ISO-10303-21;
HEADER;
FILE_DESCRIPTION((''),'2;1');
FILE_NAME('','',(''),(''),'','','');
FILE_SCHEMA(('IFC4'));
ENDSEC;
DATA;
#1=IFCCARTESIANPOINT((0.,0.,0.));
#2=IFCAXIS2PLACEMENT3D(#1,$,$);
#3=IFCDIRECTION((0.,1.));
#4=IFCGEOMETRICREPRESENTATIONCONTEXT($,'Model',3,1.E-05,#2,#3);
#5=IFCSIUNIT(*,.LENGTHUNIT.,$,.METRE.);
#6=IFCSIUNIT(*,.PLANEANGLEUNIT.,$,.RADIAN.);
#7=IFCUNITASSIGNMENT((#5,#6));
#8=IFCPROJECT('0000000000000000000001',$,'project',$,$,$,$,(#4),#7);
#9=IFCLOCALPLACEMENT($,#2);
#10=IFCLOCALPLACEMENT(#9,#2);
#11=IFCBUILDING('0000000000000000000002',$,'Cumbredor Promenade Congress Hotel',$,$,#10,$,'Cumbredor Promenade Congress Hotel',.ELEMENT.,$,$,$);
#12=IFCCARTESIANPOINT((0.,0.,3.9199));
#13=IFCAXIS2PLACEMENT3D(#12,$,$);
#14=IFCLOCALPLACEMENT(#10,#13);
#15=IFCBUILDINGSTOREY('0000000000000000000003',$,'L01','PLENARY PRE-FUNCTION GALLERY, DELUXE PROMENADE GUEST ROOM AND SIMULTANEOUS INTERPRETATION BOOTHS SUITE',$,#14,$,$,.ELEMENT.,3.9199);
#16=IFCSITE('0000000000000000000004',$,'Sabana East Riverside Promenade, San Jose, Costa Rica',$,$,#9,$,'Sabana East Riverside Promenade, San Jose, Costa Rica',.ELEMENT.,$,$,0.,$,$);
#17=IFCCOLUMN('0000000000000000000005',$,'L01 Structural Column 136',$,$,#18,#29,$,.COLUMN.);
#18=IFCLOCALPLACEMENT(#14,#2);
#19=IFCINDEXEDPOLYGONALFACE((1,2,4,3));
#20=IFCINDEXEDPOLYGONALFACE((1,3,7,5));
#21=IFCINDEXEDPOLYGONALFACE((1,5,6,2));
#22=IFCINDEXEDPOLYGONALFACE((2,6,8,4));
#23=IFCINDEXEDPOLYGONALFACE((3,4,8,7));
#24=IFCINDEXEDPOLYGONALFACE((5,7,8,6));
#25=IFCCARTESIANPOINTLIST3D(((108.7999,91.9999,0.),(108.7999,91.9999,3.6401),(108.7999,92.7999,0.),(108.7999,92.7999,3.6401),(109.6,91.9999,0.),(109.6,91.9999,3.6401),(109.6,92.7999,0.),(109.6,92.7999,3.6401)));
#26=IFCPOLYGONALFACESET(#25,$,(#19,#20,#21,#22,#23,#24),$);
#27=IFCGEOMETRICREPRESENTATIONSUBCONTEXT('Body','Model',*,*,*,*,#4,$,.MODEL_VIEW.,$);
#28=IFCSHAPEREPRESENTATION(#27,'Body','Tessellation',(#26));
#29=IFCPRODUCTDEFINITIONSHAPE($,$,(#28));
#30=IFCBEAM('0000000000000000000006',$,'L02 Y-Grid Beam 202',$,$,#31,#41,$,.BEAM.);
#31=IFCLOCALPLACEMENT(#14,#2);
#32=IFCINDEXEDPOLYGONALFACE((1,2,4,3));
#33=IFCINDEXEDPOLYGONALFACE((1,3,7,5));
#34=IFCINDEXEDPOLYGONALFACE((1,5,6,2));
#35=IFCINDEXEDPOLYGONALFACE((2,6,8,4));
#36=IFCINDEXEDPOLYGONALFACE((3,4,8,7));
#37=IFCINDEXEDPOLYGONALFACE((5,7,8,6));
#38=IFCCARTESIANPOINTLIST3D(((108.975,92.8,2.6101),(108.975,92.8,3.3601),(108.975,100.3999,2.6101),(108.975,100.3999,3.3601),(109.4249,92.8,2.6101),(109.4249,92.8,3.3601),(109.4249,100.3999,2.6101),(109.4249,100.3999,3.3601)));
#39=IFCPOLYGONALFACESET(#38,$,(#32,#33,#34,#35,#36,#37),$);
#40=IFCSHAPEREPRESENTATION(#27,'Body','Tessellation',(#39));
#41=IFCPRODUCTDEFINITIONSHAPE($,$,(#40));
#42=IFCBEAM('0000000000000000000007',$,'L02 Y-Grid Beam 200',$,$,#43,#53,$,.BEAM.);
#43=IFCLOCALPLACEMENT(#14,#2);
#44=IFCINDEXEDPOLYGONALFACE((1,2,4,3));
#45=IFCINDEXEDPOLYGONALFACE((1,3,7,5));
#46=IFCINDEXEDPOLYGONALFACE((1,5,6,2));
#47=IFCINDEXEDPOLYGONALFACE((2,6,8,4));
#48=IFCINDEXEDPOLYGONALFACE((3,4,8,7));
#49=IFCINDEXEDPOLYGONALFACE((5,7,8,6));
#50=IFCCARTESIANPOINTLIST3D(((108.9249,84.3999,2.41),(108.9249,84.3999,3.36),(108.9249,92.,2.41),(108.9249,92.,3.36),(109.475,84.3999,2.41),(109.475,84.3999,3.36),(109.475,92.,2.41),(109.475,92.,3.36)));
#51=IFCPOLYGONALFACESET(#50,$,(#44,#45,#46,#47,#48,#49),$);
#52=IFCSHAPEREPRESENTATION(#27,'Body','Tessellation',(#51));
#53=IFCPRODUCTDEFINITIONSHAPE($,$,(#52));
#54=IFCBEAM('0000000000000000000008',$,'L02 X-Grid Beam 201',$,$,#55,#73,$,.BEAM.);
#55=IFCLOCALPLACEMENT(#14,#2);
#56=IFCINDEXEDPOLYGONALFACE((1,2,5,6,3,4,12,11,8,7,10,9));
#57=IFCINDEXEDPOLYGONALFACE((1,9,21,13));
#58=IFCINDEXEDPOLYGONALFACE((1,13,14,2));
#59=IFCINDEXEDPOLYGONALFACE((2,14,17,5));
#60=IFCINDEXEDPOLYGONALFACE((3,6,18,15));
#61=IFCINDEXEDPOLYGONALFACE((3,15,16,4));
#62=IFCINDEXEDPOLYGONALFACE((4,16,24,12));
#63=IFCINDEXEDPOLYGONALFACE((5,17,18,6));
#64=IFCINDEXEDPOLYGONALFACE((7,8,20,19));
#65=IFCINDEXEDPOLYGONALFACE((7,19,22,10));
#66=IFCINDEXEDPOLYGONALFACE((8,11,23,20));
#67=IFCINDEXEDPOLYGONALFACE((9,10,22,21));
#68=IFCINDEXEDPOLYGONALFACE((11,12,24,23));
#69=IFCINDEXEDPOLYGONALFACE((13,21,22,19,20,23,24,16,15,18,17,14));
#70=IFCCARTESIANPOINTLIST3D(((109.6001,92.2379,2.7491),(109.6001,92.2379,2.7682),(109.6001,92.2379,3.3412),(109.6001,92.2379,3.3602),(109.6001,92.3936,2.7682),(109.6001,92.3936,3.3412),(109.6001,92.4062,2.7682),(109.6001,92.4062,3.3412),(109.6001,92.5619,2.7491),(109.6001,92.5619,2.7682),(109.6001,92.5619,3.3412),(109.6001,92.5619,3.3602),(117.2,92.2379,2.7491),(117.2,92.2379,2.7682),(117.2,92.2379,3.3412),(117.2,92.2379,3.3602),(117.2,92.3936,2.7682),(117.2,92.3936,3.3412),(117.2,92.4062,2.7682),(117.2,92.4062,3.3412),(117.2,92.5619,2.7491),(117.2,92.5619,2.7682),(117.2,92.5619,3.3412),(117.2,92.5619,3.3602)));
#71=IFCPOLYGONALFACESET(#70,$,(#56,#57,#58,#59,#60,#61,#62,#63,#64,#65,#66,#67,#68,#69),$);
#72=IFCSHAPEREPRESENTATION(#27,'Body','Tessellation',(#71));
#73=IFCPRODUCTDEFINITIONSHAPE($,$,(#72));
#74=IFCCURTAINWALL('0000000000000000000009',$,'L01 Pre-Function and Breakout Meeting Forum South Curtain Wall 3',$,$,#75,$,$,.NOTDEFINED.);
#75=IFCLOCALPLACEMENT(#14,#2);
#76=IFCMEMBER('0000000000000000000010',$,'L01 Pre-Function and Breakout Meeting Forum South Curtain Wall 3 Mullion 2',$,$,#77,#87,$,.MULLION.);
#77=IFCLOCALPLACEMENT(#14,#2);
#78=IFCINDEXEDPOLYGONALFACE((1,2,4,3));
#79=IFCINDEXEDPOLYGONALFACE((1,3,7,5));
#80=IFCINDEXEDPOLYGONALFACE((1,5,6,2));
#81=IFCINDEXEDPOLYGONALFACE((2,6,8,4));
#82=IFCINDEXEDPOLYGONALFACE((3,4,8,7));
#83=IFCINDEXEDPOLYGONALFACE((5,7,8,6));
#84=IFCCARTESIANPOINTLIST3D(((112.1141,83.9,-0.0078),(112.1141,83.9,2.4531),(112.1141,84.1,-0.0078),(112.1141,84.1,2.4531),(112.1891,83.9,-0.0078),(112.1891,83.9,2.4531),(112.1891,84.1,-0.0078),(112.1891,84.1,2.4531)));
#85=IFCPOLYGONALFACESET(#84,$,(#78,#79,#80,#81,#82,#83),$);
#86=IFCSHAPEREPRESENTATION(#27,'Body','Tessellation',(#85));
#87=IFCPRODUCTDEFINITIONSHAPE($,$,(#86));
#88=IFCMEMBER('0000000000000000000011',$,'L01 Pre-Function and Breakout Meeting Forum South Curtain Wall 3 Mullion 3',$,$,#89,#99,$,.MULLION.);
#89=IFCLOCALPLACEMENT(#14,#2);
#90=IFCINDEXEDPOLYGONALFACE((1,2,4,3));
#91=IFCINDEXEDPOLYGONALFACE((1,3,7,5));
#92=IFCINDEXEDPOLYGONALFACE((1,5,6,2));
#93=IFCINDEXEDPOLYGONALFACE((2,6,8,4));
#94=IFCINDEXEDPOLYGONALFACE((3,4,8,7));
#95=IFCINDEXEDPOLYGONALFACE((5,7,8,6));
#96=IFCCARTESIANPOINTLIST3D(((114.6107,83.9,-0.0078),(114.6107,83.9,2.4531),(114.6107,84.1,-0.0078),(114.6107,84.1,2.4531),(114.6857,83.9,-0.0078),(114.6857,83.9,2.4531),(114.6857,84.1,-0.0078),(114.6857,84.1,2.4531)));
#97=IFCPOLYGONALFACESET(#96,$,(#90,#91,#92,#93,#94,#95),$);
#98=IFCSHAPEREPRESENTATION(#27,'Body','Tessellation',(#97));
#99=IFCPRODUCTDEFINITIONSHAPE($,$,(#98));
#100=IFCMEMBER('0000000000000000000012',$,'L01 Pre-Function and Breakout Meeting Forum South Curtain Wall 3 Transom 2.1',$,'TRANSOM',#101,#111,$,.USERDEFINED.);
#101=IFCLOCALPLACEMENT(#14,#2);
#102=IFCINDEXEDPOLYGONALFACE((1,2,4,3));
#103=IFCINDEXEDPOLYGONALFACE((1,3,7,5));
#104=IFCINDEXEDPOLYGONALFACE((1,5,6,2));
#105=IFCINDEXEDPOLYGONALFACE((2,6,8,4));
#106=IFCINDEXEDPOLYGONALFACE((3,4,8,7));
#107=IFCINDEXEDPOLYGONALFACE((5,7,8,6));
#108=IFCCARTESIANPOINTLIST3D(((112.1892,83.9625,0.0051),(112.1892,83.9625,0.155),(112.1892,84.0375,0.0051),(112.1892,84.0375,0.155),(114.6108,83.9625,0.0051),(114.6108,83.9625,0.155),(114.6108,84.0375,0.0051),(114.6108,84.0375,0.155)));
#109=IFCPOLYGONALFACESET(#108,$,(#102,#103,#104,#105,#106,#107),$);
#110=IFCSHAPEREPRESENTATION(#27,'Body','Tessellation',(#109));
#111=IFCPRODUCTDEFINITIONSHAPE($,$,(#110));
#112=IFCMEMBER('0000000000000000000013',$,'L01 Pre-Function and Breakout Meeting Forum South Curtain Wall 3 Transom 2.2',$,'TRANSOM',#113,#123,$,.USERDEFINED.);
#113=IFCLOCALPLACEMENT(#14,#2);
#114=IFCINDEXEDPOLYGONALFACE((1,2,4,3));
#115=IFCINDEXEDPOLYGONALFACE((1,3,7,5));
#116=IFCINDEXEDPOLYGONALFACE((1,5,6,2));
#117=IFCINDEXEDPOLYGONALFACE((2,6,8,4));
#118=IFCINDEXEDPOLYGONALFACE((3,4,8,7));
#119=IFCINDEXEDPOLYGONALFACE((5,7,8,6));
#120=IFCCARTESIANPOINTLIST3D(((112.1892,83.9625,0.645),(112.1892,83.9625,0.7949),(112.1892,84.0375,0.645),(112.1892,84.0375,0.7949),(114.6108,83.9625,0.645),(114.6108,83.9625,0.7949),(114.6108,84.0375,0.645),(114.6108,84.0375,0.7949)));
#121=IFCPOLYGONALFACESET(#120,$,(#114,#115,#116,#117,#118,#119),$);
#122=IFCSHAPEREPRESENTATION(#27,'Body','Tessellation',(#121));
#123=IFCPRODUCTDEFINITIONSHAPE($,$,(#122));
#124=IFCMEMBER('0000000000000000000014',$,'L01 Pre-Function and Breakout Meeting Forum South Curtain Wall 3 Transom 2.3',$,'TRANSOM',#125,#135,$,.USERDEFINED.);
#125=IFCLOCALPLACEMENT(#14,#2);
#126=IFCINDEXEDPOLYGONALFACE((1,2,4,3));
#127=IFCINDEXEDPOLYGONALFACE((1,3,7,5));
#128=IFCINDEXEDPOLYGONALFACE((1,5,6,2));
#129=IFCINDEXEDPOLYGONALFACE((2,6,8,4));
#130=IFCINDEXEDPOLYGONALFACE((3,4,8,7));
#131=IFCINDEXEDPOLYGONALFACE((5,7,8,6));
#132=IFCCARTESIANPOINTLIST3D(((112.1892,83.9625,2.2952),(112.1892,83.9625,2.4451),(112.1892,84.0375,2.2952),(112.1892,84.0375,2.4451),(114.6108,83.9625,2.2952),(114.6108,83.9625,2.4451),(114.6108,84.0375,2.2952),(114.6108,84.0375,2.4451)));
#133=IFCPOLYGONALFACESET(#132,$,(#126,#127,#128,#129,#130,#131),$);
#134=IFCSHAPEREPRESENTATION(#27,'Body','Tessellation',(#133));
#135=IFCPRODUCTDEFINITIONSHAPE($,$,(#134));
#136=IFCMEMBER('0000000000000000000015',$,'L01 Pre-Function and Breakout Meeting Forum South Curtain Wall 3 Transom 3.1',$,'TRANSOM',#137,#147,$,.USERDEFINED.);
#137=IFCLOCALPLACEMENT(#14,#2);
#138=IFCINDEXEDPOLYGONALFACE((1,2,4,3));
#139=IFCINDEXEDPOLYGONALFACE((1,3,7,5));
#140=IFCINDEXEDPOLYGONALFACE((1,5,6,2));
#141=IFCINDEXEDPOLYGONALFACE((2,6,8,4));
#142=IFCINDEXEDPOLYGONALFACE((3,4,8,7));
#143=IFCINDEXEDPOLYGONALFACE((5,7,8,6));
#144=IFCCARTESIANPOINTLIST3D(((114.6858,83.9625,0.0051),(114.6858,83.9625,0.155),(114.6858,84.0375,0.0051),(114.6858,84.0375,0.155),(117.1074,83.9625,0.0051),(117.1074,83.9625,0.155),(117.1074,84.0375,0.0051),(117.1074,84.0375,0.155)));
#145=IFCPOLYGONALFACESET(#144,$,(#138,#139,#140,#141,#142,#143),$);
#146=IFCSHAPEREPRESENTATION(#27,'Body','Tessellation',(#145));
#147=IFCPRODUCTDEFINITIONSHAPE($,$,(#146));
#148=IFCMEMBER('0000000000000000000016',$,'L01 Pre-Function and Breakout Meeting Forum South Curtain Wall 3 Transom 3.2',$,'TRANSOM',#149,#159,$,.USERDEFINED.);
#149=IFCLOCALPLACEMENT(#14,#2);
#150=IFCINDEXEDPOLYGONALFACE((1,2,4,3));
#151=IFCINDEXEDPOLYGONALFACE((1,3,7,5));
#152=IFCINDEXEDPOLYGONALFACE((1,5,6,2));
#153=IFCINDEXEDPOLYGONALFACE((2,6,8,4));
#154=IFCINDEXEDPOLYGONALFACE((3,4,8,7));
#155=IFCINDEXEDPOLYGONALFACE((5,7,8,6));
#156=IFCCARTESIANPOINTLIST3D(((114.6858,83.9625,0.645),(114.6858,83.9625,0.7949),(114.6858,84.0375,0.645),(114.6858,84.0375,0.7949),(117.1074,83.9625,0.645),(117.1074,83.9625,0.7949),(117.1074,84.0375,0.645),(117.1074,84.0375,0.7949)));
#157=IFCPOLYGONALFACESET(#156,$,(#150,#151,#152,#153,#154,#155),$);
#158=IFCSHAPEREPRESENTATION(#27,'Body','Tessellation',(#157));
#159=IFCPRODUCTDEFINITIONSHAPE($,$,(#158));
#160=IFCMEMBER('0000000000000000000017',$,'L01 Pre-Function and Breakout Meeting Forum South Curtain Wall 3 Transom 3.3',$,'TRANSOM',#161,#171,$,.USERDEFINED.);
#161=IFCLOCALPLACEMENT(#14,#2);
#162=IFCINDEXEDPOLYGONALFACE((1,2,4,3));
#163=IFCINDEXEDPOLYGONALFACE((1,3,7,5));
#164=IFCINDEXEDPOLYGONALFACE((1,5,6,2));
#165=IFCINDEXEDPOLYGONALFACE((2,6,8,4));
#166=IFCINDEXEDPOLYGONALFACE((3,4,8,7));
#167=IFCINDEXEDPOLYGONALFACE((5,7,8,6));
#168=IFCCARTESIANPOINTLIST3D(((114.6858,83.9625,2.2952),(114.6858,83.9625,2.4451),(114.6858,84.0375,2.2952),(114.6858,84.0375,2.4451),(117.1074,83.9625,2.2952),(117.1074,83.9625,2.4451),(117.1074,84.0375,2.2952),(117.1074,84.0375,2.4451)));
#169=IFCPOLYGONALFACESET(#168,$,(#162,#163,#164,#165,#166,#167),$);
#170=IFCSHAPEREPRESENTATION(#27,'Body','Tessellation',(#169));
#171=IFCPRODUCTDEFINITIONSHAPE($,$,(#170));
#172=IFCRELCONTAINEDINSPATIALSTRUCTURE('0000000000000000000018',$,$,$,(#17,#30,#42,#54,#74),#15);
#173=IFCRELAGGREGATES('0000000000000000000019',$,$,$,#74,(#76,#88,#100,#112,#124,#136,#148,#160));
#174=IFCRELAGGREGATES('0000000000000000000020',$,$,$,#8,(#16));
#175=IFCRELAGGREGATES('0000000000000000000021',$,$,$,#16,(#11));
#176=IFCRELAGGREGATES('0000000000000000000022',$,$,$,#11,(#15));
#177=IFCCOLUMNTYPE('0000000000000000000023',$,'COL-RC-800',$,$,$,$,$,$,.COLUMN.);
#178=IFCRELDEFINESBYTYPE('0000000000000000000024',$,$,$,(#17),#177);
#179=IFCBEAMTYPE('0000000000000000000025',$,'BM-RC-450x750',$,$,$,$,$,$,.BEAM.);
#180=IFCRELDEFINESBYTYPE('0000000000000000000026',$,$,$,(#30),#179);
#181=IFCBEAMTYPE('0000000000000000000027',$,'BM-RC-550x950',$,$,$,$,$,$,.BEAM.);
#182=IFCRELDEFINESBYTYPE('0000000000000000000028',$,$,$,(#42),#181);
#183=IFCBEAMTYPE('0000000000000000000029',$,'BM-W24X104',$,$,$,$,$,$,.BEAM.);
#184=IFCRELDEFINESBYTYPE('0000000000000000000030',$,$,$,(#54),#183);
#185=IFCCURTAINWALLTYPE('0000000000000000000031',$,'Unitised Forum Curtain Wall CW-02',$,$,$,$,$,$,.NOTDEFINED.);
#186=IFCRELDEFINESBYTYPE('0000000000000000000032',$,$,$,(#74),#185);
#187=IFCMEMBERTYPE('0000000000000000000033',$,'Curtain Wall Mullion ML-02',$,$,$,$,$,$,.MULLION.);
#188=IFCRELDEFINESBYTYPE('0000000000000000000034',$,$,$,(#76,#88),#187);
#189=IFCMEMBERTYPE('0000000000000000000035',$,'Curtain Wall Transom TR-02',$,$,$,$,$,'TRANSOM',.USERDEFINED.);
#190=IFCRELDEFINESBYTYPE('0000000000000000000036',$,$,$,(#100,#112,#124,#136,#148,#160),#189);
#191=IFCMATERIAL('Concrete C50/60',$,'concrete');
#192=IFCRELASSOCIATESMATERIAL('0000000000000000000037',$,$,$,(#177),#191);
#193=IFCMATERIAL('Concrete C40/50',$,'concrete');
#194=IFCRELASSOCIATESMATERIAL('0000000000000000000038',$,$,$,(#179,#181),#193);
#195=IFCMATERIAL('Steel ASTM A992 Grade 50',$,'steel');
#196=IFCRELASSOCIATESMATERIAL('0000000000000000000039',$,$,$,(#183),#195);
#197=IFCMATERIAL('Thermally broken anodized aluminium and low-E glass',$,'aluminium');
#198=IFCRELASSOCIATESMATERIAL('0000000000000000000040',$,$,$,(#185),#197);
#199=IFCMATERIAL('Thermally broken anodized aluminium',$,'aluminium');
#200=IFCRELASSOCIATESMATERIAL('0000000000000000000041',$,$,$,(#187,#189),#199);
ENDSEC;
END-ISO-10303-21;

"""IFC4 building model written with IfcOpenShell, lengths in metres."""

from ifc_helpers import new_model, si_unit, direction, frame, origin, origin_2d, place, context, subcontext, project, spatial, rectangle, i_section, extrude, material, material_profile, profile_set, type_object, element, aggregate, save


model = new_model("IFC4")

# Units and contexts
model_context = context("Model", 3, precision=1e-05, world=origin(), true_north=direction((0.0, 1.0)))
body_context = subcontext(model_context, "Body", "Model", "MODEL_VIEW")
ifc_project = project(units=[si_unit("LENGTHUNIT", "METRE"), si_unit("PLANEANGLEUNIT", "RADIAN")], contexts=[model_context])

# Site, building, storey
site_placement = place(None, origin())
site = spatial("IfcSite", under=ifc_project, at=site_placement, Name="Sabana East Riverside Promenade, San Jose, Costa Rica", LongName="Sabana East Riverside Promenade, San Jose, Costa Rica", CompositionType="ELEMENT", RefElevation=0.0)
building_placement = place(site_placement, origin())
building = spatial("IfcBuilding", under=site, at=building_placement, Name="Cumbredor Promenade Congress Hotel", LongName="Cumbredor Promenade Congress Hotel", CompositionType="ELEMENT")
storey_placement = place(building_placement, frame((0.0, 0.0, 3.9199)))
storey = spatial("IfcBuildingStorey", under=building, at=storey_placement, Name="L01", Description="PLENARY PRE-FUNCTION GALLERY, DELUXE PROMENADE GUEST ROOM AND SIMULTANEOUS INTERPRETATION BOOTHS SUITE", CompositionType="ELEMENT", Elevation=3.9199)

# Column
ifc_material_1 = material(Name="Concrete C50/60", Category="concrete")
ifc_material_profile_1 = material_profile(ifc_material_1, rectangle(XDim=0.8, YDim=0.8, at=origin_2d()), Name="RC 800x800")
ifc_profile_set_1 = profile_set([ifc_material_profile_1], Name="Concrete C50/60")
column_type = type_object("IfcColumnType", Name="COL-RC-800", PredefinedType="COLUMN", material=ifc_profile_set_1)
column_placement = place(storey_placement, frame((109.2, 92.3999, 0.0), z_axis=(0.0, 0.0, 1.0), x_axis=(1.0, 0.0, 0.0)))
element("IfcColumn", 1, at=column_placement, inside=storey, type_object=column_type, Name="L01 Structural Column 136", PredefinedType="COLUMN", context=body_context, shape_type="SweptSolid", body=[
    extrude(rectangle(XDim=0.8, YDim=0.8, at=origin_2d()), origin(), (0.0, 0.0, 1.0), 3.6401),
])

# Beams
ifc_material_2 = material(Name="Concrete C40/50", Category="concrete")
ifc_material_profile_2 = material_profile(ifc_material_2, rectangle(XDim=0.45, YDim=0.75, at=origin_2d()), Name="RC BEAM 450x750")
ifc_profile_set_2 = profile_set([ifc_material_profile_2], Name="Concrete C40/50")
beam_type_1 = type_object("IfcBeamType", Name="BM-RC-450x750", PredefinedType="BEAM", material=ifc_profile_set_2)
beam_1_placement = place(storey_placement, frame((109.2, 92.8, 2.9851), z_axis=(0.0, 1.0, 0.0), x_axis=(-1.0, 0.0, 0.0)))
element("IfcBeam", 2, at=beam_1_placement, inside=storey, type_object=beam_type_1, Name="L02 Y-Grid Beam 202", PredefinedType="BEAM", context=body_context, shape_type="SweptSolid", body=[
    extrude(rectangle(XDim=0.45, YDim=0.75, at=origin_2d()), origin(), (0.0, 0.0, 1.0), 7.5999),
])
ifc_material_profile_3 = material_profile(ifc_material_2, rectangle(XDim=0.55, YDim=0.95, at=origin_2d()), Name="RC BEAM 550x950")
ifc_profile_set_3 = profile_set([ifc_material_profile_3], Name="Concrete C40/50")
beam_type_2 = type_object("IfcBeamType", Name="BM-RC-550x950", PredefinedType="BEAM", material=ifc_profile_set_3)
beam_2_placement = place(storey_placement, frame((109.2, 84.3999, 2.885), z_axis=(0.0, 1.0, 0.0), x_axis=(-1.0, 0.0, 0.0)))
element("IfcBeam", 3, at=beam_2_placement, inside=storey, type_object=beam_type_2, Name="L02 Y-Grid Beam 200", PredefinedType="BEAM", context=body_context, shape_type="SweptSolid", body=[
    extrude(rectangle(XDim=0.55, YDim=0.95, at=origin_2d()), origin(), (0.0, 0.0, 1.0), 7.6001),
])
ifc_material_3 = material(Name="Steel ASTM A992 Grade 50", Category="steel")
ifc_material_profile_4 = material_profile(ifc_material_3, i_section(OverallWidth=0.324, OverallDepth=0.6111, WebThickness=0.0127, FlangeThickness=0.019, at=origin_2d()), Name="W24X104")
ifc_profile_set_4 = profile_set([ifc_material_profile_4], Name="Steel ASTM A992 Grade 50")
beam_type_3 = type_object("IfcBeamType", Name="BM-W24X104", PredefinedType="BEAM", material=ifc_profile_set_4)
beam_3_placement = place(storey_placement, frame((109.6001, 92.3999, 3.0547), z_axis=(1.0, 0.0, 0.0), x_axis=(0.0, 1.0, 0.0)))
element("IfcBeam", 4, at=beam_3_placement, inside=storey, type_object=beam_type_3, Name="L02 X-Grid Beam 201", PredefinedType="BEAM", context=body_context, shape_type="SweptSolid", body=[
    extrude(i_section(OverallWidth=0.324, OverallDepth=0.6111, WebThickness=0.0127, FlangeThickness=0.019, at=origin_2d()), origin(), (0.0, 0.0, 1.0), 7.5999),
])

# Curtain wall, members
ifc_material_4 = material(Name="Thermally broken anodized aluminium and low-E glass", Category="aluminium")
curtain_wall_type = type_object("IfcCurtainWallType", Name="Unitised Forum Curtain Wall CW-02", PredefinedType="NOTDEFINED", material=ifc_material_4)
curtain_wall_placement = place(storey_placement, origin())
curtain_wall = element("IfcCurtainWall", 5, at=curtain_wall_placement, inside=storey, type_object=curtain_wall_type, Name="L01 Pre-Function and Breakout Meeting Forum South Curtain Wall 3", PredefinedType="NOTDEFINED")
ifc_material_5 = material(Name="Thermally broken anodized aluminium", Category="aluminium")
ifc_material_profile_5 = material_profile(ifc_material_5, rectangle(XDim=0.075, YDim=0.2, at=origin_2d()), Name="ALU MULLION 75x200")
ifc_profile_set_5 = profile_set([ifc_material_profile_5], Name="Thermally broken anodized aluminium")
member_type_1 = type_object("IfcMemberType", Name="Curtain Wall Mullion ML-02", PredefinedType="MULLION", material=ifc_profile_set_5)
member_1_placement = place(storey_placement, frame((112.1516, 84.0, -0.0078), z_axis=(0.0, 0.0, 1.0), x_axis=(1.0, 0.0, 0.0)))
member_1 = element("IfcMember", 6, at=member_1_placement, type_object=member_type_1, Name="L01 Pre-Function and Breakout Meeting Forum South Curtain Wall 3 Mullion 2", PredefinedType="MULLION", context=body_context, shape_type="SweptSolid", body=[
    extrude(rectangle(XDim=0.075, YDim=0.2, at=origin_2d()), origin(), (0.0, 0.0, 1.0), 2.4609),
])
member_2_placement = place(storey_placement, frame((114.6482, 84.0, -0.0078), z_axis=(0.0, 0.0, 1.0), x_axis=(1.0, 0.0, 0.0)))
member_2 = element("IfcMember", 7, at=member_2_placement, type_object=member_type_1, Name="L01 Pre-Function and Breakout Meeting Forum South Curtain Wall 3 Mullion 3", PredefinedType="MULLION", context=body_context, shape_type="SweptSolid", body=[
    extrude(rectangle(XDim=0.075, YDim=0.2, at=origin_2d()), origin(), (0.0, 0.0, 1.0), 2.4609),
])
ifc_material_profile_6 = material_profile(ifc_material_5, rectangle(XDim=0.075, YDim=0.1499, at=origin_2d()), Name="ALU TRANSOM 75x150")
ifc_profile_set_6 = profile_set([ifc_material_profile_6], Name="Thermally broken anodized aluminium")
member_type_2 = type_object("IfcMemberType", Name="Curtain Wall Transom TR-02", ElementType="TRANSOM", PredefinedType="USERDEFINED", material=ifc_profile_set_6)
member_3_placement = place(storey_placement, frame((112.1892, 84.0, 0.0801), z_axis=(1.0, 0.0, 0.0), x_axis=(0.0, 1.0, 0.0)))
member_3 = element("IfcMember", 8, at=member_3_placement, type_object=member_type_2, Name="L01 Pre-Function and Breakout Meeting Forum South Curtain Wall 3 Transom 2.1", ObjectType="TRANSOM", PredefinedType="USERDEFINED", context=body_context, shape_type="SweptSolid", body=[
    extrude(rectangle(XDim=0.075, YDim=0.1499, at=origin_2d()), origin(), (0.0, 0.0, 1.0), 2.4216),
])
member_4_placement = place(storey_placement, frame((112.1892, 84.0, 0.72), z_axis=(1.0, 0.0, 0.0), x_axis=(0.0, 1.0, 0.0)))
member_4 = element("IfcMember", 9, at=member_4_placement, type_object=member_type_2, Name="L01 Pre-Function and Breakout Meeting Forum South Curtain Wall 3 Transom 2.2", ObjectType="TRANSOM", PredefinedType="USERDEFINED", context=body_context, shape_type="SweptSolid", body=[
    extrude(rectangle(XDim=0.075, YDim=0.1499, at=origin_2d()), origin(), (0.0, 0.0, 1.0), 2.4216),
])
member_5_placement = place(storey_placement, frame((112.1892, 84.0, 2.3701), z_axis=(1.0, 0.0, 0.0), x_axis=(0.0, 1.0, 0.0)))
member_5 = element("IfcMember", 10, at=member_5_placement, type_object=member_type_2, Name="L01 Pre-Function and Breakout Meeting Forum South Curtain Wall 3 Transom 2.3", ObjectType="TRANSOM", PredefinedType="USERDEFINED", context=body_context, shape_type="SweptSolid", body=[
    extrude(rectangle(XDim=0.075, YDim=0.1499, at=origin_2d()), origin(), (0.0, 0.0, 1.0), 2.4216),
])
member_6_placement = place(storey_placement, frame((114.6858, 84.0, 0.0801), z_axis=(1.0, 0.0, 0.0), x_axis=(0.0, 1.0, 0.0)))
member_6 = element("IfcMember", 11, at=member_6_placement, type_object=member_type_2, Name="L01 Pre-Function and Breakout Meeting Forum South Curtain Wall 3 Transom 3.1", ObjectType="TRANSOM", PredefinedType="USERDEFINED", context=body_context, shape_type="SweptSolid", body=[
    extrude(rectangle(XDim=0.075, YDim=0.1499, at=origin_2d()), origin(), (0.0, 0.0, 1.0), 2.4216),
])
member_7_placement = place(storey_placement, frame((114.6858, 84.0, 0.72), z_axis=(1.0, 0.0, 0.0), x_axis=(0.0, 1.0, 0.0)))
member_7 = element("IfcMember", 12, at=member_7_placement, type_object=member_type_2, Name="L01 Pre-Function and Breakout Meeting Forum South Curtain Wall 3 Transom 3.2", ObjectType="TRANSOM", PredefinedType="USERDEFINED", context=body_context, shape_type="SweptSolid", body=[
    extrude(rectangle(XDim=0.075, YDim=0.1499, at=origin_2d()), origin(), (0.0, 0.0, 1.0), 2.4216),
])
member_8_placement = place(storey_placement, frame((114.6858, 84.0, 2.3701), z_axis=(1.0, 0.0, 0.0), x_axis=(0.0, 1.0, 0.0)))
member_8 = element("IfcMember", 13, at=member_8_placement, type_object=member_type_2, Name="L01 Pre-Function and Breakout Meeting Forum South Curtain Wall 3 Transom 3.3", ObjectType="TRANSOM", PredefinedType="USERDEFINED", context=body_context, shape_type="SweptSolid", body=[
    extrude(rectangle(XDim=0.075, YDim=0.1499, at=origin_2d()), origin(), (0.0, 0.0, 1.0), 2.4216),
])

aggregate(curtain_wall, [member_1, member_2, member_3, member_4, member_5, member_6, member_7, member_8])

save(model, "model.ifc")
